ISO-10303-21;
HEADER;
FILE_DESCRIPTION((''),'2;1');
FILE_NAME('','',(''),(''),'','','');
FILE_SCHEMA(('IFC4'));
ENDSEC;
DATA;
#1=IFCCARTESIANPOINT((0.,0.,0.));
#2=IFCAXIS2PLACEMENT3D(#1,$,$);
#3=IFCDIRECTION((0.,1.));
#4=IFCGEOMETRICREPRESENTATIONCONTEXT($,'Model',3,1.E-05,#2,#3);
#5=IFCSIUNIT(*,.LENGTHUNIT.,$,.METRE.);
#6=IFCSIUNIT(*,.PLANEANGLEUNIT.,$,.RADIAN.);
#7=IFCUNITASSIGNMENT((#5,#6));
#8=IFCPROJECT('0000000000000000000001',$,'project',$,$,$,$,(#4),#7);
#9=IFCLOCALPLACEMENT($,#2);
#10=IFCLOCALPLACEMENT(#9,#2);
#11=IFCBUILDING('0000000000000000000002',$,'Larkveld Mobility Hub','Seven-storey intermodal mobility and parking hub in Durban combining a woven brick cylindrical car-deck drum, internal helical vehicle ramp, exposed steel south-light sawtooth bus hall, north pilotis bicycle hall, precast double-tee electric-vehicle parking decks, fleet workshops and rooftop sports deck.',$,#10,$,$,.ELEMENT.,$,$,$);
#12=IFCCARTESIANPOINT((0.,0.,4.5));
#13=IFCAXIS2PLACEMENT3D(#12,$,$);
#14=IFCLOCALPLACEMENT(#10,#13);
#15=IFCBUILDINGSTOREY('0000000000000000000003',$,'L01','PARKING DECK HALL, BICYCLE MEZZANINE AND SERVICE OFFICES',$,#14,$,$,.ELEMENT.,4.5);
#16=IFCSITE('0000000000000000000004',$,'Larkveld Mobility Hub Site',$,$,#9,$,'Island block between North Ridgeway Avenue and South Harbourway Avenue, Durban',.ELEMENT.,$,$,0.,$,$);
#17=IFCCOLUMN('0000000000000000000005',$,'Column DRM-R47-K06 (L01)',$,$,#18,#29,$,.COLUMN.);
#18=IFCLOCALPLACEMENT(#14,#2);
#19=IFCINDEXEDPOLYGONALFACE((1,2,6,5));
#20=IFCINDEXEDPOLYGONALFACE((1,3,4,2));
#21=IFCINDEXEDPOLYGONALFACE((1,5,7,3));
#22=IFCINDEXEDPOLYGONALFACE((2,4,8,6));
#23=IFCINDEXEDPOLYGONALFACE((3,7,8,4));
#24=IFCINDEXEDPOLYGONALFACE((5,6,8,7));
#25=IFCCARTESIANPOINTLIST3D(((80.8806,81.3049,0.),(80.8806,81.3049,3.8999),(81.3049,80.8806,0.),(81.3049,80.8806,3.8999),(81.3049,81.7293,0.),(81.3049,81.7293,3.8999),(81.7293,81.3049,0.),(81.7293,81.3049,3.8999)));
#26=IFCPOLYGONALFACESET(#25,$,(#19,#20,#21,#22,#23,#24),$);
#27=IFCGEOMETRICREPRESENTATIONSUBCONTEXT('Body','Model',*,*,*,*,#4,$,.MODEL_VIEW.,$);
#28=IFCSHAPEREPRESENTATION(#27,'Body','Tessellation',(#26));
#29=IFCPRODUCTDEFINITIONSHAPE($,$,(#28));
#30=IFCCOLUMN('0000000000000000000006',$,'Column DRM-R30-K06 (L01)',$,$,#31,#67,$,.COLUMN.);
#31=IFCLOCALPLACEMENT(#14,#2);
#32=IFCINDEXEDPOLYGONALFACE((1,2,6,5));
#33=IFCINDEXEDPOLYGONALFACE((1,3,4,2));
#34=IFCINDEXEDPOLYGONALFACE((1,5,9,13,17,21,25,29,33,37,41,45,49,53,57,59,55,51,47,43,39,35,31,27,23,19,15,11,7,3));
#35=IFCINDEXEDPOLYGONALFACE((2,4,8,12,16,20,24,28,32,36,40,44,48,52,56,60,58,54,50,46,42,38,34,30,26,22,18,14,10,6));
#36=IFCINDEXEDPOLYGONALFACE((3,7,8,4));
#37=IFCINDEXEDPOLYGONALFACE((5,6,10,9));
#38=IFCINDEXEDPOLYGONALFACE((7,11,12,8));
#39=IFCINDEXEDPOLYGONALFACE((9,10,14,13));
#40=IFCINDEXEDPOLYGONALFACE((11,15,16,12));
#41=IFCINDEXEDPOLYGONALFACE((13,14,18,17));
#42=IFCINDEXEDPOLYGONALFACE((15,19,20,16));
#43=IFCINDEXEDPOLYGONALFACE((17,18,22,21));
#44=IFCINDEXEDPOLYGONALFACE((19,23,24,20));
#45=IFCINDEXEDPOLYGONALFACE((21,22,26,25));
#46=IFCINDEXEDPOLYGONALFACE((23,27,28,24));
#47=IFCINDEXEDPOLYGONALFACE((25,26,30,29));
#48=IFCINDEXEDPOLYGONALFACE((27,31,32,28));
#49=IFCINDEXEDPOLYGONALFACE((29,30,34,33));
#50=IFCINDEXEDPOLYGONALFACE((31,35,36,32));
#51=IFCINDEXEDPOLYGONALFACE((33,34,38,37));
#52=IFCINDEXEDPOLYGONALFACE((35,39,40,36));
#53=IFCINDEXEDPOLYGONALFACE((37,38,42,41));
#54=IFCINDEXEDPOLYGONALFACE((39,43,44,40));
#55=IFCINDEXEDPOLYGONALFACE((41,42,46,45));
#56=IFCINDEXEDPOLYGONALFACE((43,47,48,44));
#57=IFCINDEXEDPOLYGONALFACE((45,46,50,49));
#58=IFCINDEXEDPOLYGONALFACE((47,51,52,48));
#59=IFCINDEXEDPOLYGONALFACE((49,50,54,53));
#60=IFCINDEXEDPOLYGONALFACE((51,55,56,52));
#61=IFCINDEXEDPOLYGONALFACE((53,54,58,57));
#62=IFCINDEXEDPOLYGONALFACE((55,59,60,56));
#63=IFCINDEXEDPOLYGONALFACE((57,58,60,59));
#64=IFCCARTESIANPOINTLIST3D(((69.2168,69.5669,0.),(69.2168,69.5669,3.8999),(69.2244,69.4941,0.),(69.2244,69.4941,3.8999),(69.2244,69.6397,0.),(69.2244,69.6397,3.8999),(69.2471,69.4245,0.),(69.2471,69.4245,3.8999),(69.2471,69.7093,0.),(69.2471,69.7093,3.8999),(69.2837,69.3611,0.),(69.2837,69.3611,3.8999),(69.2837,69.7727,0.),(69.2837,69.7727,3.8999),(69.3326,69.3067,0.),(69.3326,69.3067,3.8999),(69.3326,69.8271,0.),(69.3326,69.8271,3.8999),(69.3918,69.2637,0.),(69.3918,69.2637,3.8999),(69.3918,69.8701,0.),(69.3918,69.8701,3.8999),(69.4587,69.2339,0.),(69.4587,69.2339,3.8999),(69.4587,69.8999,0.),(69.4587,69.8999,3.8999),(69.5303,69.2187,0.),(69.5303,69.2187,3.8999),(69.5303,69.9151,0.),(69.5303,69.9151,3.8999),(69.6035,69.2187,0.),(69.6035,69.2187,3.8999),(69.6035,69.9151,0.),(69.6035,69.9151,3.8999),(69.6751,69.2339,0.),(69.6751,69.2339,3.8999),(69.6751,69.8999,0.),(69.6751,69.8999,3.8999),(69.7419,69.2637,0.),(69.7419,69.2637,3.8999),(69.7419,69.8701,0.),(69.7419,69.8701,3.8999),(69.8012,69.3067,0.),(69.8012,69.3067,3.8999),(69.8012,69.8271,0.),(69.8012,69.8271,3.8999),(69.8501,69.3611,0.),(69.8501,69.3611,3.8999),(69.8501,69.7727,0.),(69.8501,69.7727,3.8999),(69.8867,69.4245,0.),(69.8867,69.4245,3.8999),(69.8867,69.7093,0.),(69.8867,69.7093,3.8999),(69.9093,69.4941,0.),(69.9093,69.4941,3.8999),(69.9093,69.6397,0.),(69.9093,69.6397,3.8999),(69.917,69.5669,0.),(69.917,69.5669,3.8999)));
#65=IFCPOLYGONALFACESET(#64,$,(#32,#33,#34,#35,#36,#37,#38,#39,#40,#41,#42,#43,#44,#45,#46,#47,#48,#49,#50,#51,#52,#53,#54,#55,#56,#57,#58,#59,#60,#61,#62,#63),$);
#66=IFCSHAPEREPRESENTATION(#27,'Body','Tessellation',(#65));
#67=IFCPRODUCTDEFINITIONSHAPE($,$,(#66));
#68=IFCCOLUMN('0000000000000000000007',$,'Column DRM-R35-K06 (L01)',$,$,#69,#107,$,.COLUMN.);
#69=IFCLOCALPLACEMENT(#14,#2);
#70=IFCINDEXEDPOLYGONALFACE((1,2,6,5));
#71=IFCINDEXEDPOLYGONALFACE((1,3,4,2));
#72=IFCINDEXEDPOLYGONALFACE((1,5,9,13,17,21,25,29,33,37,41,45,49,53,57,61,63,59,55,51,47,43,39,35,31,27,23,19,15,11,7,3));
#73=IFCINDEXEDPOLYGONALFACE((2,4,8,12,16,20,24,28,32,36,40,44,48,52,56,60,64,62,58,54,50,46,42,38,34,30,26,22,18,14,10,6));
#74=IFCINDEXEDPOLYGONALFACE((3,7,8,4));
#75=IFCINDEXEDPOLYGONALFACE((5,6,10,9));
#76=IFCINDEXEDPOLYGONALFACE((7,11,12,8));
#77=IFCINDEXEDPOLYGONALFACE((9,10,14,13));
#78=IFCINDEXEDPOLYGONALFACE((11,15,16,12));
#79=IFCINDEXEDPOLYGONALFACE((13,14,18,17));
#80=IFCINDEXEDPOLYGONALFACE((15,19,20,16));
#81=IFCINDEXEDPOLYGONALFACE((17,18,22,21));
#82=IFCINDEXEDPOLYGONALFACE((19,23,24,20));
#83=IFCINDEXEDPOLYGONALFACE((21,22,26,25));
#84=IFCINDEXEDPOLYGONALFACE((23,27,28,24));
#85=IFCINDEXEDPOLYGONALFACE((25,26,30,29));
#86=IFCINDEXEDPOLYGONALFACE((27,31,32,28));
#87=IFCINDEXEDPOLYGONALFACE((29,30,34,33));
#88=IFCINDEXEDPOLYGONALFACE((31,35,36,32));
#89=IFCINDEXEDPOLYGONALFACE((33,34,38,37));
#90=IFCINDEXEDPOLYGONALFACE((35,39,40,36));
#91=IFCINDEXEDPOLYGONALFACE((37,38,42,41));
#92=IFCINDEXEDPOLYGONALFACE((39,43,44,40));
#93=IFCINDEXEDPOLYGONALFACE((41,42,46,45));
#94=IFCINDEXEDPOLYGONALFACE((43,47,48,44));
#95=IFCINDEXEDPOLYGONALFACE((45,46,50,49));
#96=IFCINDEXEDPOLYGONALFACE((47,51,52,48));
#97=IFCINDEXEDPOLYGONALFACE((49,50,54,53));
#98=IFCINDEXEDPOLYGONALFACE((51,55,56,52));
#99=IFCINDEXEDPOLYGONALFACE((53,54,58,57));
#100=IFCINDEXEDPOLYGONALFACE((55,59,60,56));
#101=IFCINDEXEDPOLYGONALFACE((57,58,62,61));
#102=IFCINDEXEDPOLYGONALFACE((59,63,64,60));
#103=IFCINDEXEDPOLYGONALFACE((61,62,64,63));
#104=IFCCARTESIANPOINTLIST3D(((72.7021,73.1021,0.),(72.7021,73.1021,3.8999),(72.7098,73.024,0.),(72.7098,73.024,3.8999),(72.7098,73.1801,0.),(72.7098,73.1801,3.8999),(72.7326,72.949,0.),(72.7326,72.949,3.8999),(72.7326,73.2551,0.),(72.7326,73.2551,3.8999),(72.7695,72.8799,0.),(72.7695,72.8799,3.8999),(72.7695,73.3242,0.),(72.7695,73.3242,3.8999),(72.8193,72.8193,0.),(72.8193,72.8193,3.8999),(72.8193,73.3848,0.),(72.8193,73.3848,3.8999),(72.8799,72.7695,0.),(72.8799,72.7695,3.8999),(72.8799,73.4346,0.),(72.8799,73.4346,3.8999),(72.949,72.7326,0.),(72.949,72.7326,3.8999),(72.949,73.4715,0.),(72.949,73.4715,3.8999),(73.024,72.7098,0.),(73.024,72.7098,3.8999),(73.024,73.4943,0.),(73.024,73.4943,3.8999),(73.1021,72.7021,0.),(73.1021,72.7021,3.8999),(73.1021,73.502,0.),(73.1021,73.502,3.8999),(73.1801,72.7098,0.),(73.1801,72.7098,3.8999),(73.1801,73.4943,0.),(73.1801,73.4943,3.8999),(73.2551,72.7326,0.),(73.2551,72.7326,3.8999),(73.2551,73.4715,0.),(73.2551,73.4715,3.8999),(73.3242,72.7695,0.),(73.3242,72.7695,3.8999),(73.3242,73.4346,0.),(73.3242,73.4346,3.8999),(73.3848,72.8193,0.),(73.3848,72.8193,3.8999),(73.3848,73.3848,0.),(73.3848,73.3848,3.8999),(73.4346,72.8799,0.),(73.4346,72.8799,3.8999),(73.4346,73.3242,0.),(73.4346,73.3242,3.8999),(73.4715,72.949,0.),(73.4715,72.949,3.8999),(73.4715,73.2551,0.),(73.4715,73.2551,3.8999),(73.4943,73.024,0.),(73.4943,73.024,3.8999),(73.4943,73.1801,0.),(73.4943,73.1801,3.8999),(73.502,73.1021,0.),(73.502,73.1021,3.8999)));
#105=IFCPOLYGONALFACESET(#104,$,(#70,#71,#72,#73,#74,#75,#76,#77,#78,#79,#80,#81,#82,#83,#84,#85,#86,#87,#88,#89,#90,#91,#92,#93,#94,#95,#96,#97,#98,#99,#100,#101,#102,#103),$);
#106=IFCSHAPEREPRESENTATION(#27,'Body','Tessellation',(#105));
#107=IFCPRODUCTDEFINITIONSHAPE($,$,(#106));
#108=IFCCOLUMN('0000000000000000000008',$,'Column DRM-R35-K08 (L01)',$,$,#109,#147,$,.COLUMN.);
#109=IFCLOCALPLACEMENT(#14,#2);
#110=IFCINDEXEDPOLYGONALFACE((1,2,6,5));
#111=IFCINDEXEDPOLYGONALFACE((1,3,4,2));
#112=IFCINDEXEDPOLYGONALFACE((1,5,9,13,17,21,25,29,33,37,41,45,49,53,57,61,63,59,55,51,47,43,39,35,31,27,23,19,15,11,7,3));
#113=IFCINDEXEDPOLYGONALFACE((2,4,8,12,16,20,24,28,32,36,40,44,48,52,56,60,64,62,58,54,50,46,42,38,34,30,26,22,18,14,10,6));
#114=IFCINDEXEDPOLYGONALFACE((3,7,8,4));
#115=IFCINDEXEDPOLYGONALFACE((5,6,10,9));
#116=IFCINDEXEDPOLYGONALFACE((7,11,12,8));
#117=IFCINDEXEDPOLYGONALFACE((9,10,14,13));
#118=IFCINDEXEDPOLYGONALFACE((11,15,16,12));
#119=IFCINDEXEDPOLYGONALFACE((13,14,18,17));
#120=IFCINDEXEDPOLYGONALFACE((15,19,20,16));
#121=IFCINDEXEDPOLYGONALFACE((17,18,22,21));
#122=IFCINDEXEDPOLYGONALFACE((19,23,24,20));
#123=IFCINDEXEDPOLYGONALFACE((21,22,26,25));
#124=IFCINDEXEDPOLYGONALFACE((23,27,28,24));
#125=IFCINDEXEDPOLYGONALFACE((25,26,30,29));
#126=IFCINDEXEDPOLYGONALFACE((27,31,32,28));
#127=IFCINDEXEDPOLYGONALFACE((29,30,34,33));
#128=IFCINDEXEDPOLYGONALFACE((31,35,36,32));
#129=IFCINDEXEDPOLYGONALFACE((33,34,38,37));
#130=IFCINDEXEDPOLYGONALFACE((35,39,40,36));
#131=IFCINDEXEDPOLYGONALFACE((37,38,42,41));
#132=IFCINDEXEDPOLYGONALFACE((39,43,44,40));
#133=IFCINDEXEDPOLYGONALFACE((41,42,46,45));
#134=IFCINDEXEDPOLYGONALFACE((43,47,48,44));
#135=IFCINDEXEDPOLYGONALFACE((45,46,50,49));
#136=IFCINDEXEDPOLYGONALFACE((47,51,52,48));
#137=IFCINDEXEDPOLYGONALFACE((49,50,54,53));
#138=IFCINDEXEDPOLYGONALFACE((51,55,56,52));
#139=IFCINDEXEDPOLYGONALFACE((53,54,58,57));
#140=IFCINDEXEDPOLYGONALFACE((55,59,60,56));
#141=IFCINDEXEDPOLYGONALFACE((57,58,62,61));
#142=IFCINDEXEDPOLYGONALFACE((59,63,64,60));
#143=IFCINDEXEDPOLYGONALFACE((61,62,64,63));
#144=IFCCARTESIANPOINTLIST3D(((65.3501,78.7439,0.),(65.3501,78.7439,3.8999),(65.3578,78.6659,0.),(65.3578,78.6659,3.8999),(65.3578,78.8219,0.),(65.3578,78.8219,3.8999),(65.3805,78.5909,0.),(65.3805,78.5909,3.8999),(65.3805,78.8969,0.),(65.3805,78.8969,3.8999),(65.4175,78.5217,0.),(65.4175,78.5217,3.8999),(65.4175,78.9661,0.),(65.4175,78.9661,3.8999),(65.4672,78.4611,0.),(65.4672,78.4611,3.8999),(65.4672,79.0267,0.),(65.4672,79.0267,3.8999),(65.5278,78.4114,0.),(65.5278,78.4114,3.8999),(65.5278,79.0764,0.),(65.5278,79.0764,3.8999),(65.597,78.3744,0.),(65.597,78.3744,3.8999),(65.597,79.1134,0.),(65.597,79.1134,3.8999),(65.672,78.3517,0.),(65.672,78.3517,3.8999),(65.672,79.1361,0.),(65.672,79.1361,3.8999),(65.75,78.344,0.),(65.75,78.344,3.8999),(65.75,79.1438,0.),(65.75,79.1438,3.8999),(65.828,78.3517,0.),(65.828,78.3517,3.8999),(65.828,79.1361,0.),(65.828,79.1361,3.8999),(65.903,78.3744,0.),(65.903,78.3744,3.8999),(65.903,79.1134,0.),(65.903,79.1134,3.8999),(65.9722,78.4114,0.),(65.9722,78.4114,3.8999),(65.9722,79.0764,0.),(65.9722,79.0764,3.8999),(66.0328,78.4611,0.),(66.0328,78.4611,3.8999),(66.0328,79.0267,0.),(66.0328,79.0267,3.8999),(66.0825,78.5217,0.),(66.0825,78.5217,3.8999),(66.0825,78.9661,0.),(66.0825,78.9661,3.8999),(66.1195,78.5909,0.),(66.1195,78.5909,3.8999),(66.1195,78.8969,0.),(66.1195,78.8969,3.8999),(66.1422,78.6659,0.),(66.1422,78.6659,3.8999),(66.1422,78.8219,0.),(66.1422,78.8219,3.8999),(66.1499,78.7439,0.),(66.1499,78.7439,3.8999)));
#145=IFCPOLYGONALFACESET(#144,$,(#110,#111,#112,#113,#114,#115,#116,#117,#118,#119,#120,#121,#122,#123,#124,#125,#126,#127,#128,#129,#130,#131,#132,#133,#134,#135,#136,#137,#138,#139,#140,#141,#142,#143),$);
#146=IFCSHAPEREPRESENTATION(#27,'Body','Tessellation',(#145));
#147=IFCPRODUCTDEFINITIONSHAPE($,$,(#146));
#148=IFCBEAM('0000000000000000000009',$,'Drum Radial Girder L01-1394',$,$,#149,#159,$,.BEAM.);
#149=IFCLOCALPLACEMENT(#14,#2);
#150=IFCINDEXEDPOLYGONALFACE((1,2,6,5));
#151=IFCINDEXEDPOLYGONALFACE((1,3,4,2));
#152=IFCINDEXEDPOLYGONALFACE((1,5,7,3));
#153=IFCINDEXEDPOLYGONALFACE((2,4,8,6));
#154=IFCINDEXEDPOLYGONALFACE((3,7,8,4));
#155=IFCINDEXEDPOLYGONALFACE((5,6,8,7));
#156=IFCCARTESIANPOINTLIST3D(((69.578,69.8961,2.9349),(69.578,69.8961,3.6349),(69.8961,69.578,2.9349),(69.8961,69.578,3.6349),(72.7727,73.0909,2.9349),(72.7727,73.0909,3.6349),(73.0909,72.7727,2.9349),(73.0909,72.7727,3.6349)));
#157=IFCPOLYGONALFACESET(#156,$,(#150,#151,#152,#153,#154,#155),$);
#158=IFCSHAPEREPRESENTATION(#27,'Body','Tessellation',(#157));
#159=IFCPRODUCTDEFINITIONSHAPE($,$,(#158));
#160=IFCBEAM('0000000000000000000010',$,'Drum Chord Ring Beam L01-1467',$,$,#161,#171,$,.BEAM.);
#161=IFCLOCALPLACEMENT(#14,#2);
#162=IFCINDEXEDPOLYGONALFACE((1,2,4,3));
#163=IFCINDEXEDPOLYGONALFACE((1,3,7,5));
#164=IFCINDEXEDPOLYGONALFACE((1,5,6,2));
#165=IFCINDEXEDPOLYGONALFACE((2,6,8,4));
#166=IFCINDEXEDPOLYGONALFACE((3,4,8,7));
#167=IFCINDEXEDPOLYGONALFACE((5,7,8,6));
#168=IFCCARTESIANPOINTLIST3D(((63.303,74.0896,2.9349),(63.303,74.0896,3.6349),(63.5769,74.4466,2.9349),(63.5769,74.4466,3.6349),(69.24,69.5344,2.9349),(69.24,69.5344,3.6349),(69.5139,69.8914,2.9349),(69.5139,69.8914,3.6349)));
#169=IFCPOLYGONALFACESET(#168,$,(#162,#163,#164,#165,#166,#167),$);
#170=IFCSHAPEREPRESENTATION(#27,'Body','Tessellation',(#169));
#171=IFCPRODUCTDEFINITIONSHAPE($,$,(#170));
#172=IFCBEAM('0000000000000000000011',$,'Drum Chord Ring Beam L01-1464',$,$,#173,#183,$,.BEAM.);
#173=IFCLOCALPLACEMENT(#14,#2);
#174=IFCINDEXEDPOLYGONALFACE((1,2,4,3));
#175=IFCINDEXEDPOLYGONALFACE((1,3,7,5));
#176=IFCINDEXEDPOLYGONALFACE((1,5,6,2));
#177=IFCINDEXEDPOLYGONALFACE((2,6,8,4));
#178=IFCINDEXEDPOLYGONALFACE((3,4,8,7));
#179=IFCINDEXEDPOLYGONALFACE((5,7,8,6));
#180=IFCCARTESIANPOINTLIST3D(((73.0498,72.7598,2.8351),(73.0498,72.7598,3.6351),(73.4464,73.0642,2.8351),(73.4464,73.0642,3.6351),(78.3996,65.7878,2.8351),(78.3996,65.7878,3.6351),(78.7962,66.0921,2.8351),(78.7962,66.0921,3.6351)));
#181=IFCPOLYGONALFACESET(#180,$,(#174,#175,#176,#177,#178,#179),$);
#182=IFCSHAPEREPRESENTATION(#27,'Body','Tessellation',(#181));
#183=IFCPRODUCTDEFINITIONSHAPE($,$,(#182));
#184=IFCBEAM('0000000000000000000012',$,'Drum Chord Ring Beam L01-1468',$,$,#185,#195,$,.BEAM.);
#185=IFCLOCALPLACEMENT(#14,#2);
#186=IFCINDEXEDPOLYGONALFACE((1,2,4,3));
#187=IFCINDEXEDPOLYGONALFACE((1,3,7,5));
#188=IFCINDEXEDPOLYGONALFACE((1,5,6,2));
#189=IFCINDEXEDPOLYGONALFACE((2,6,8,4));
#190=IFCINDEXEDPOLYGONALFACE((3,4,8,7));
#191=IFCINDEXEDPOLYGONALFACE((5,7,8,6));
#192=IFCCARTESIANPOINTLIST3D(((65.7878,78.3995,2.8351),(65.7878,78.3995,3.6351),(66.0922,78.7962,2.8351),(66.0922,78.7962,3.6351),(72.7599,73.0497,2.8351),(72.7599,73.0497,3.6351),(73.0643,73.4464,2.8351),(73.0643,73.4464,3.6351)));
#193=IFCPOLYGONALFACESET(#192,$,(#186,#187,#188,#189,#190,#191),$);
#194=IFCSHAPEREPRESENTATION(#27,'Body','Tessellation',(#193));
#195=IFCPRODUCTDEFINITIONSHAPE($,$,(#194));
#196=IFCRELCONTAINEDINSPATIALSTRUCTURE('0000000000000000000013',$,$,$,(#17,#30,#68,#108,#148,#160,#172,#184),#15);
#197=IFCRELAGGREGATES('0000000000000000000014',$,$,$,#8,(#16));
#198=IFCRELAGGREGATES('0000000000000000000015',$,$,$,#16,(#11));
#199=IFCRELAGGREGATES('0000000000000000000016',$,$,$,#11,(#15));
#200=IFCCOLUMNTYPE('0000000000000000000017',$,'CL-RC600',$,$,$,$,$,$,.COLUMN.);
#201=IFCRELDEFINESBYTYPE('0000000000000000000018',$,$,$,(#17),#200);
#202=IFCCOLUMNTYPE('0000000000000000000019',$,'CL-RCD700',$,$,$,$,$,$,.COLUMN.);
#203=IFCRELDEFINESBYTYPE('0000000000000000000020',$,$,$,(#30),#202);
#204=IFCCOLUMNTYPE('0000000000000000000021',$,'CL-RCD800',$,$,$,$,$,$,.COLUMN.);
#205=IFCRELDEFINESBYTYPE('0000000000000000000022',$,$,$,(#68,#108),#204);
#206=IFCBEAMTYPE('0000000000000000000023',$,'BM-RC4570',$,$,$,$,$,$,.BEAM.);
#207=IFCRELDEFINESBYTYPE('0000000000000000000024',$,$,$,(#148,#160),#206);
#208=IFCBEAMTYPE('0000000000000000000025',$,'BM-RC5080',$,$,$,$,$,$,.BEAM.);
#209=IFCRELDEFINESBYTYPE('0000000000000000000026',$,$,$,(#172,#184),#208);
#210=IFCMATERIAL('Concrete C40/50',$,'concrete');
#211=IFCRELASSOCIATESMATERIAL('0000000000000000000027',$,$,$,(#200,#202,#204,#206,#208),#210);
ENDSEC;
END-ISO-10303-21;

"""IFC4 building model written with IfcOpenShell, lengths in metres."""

from ifc_helpers import new_model, si_unit, direction, frame, origin, origin_2d, place, context, subcontext, project, spatial, rectangle, circle, extrude, material, material_profile, profile_set, type_object, element, save


model = new_model("IFC4")

# Units and contexts
model_context = context("Model", 3, precision=1e-05, world=origin(), true_north=direction((0.0, 1.0)))
body_context = subcontext(model_context, "Body", "Model", "MODEL_VIEW")
ifc_project = project(units=[si_unit("LENGTHUNIT", "METRE"), si_unit("PLANEANGLEUNIT", "RADIAN")], contexts=[model_context])

# Site, building, storey
site_placement = place(None, origin())
site = spatial("IfcSite", under=ifc_project, at=site_placement, Name="Larkveld Mobility Hub Site", LongName="Island block between North Ridgeway Avenue and South Harbourway Avenue, Durban", CompositionType="ELEMENT", RefElevation=0.0)
building_placement = place(site_placement, origin())
building = spatial("IfcBuilding", under=site, at=building_placement, Name="Larkveld Mobility Hub", Description="Seven-storey intermodal mobility and parking hub in Durban combining a woven brick cylindrical car-deck drum, internal helical vehicle ramp, exposed steel south-light sawtooth bus hall, north pilotis bicycle hall, precast double-tee electric-vehicle parking decks, fleet workshops and rooftop sports deck.", CompositionType="ELEMENT")
storey_placement = place(building_placement, frame((0.0, 0.0, 4.5)))
storey = spatial("IfcBuildingStorey", under=building, at=storey_placement, Name="L01", Description="PARKING DECK HALL, BICYCLE MEZZANINE AND SERVICE OFFICES", CompositionType="ELEMENT", Elevation=4.5)

# Columns
ifc_material_1 = material(Name="Concrete C40/50", Category="concrete")
ifc_material_profile_1 = material_profile(ifc_material_1, rectangle(XDim=0.6001, YDim=0.6001, at=origin_2d()), Name="RC COL 600x600")
ifc_profile_set_1 = profile_set([ifc_material_profile_1], Name="Concrete C40/50")
column_type_1 = type_object("IfcColumnType", Name="CL-RC600", PredefinedType="COLUMN", material=ifc_profile_set_1)
column_1_placement = place(storey_placement, frame((81.3049, 81.3049, 0.0), z_axis=(0.0, 0.0, 1.0), x_axis=(0.707107, 0.707107, 0.0)))
element("IfcColumn", 1, at=column_1_placement, inside=storey, type_object=column_type_1, Name="Column DRM-R47-K06 (L01)", PredefinedType="COLUMN", context=body_context, shape_type="SweptSolid", body=[
    extrude(rectangle(XDim=0.6001, YDim=0.6001, at=origin_2d()), origin(), (0.0, 0.0, 1.0), 3.8999),
])
ifc_material_profile_2 = material_profile(ifc_material_1, circle(Radius=0.3501, at=origin_2d()), Name="RC COL D700")
ifc_profile_set_2 = profile_set([ifc_material_profile_2], Name="Concrete C40/50")
column_type_2 = type_object("IfcColumnType", Name="CL-RCD700", PredefinedType="COLUMN", material=ifc_profile_set_2)
column_2_placement = place(storey_placement, frame((69.5669, 69.5669, 0.0), z_axis=(0.0, 0.0, 1.0), x_axis=(1.0, 0.0, 0.0)))
element("IfcColumn", 2, at=column_2_placement, inside=storey, type_object=column_type_2, Name="Column DRM-R30-K06 (L01)", PredefinedType="COLUMN", context=body_context, shape_type="SweptSolid", body=[
    extrude(circle(Radius=0.3501, at=origin_2d()), origin(), (0.0, 0.0, 1.0), 3.8999),
])
ifc_material_profile_3 = material_profile(ifc_material_1, circle(Radius=0.3999, at=origin_2d()), Name="RC COL D800")
ifc_profile_set_3 = profile_set([ifc_material_profile_3], Name="Concrete C40/50")
column_type_3 = type_object("IfcColumnType", Name="CL-RCD800", PredefinedType="COLUMN", material=ifc_profile_set_3)
for number, where, z_axis, x_axis, name in (
    (3, (73.1021, 73.1021, 0.0), (0.0, 0.0, 1.0), (1.0, 0.0, 0.0), "Column DRM-R35-K06 (L01)"),
    (4, (65.75, 78.7439, 0.0), (0.0, 0.0, 1.0), (1.0, 0.0, 0.0), "Column DRM-R35-K08 (L01)"),
):
    element("IfcColumn", number, at=place(storey_placement, frame(where, z_axis=z_axis, x_axis=x_axis)), inside=storey, type_object=column_type_3, Name=name, PredefinedType="COLUMN", context=body_context, shape_type="SweptSolid", body=[
        extrude(circle(Radius=0.3999, at=origin_2d()), origin(), (0.0, 0.0, 1.0), 3.8999),
    ])

# Beams
ifc_material_profile_4 = material_profile(ifc_material_1, rectangle(XDim=0.45, YDim=0.7, at=origin_2d()), Name="RC BM 450x700")
ifc_profile_set_4 = profile_set([ifc_material_profile_4], Name="Concrete C40/50")
beam_type_1 = type_object("IfcBeamType", Name="BM-RC4570", PredefinedType="BEAM", material=ifc_profile_set_4)
beam_1_placement = place(storey_placement, frame((69.7371, 69.7371, 3.2849), z_axis=(0.707107, 0.707107, 0.0), x_axis=(-0.707107, 0.707107, 0.0)))
element("IfcBeam", 5, at=beam_1_placement, inside=storey, type_object=beam_type_1, Name="Drum Radial Girder L01-1394", PredefinedType="BEAM", context=body_context, shape_type="SweptSolid", body=[
    extrude(rectangle(XDim=0.45, YDim=0.7, at=origin_2d()), origin(), (0.0, 0.0, 1.0), 4.5181),
])
beam_2_placement = place(storey_placement, frame((69.377, 69.7129, 3.2849), z_axis=(-0.793383, 0.608723, 0.0), x_axis=(-0.608723, -0.793383, 0.0)))
element("IfcBeam", 6, at=beam_2_placement, inside=storey, type_object=beam_type_1, Name="Drum Chord Ring Beam L01-1467", PredefinedType="BEAM", context=body_context, shape_type="SweptSolid", body=[
    extrude(rectangle(XDim=0.45, YDim=0.7, at=origin_2d()), origin(), (0.0, 0.0, 1.0), 7.4832),
])
ifc_material_profile_5 = material_profile(ifc_material_1, rectangle(XDim=0.5, YDim=0.8, at=origin_2d()), Name="RC BM 500x800")
ifc_profile_set_5 = profile_set([ifc_material_profile_5], Name="Concrete C40/50")
beam_type_2 = type_object("IfcBeamType", Name="BM-RC5080", PredefinedType="BEAM", material=ifc_profile_set_5)
for number, where, z_axis, x_axis, name in (
    (7, (78.5979, 65.9399, 3.2351), (-0.608756, 0.793358, 0.0), (-0.793358, -0.608756, 0.0), "Drum Chord Ring Beam L01-1464"),
    (8, (72.9121, 73.248, 3.2351), (-0.793358, 0.608756, 0.0), (-0.608756, -0.793358, 0.0), "Drum Chord Ring Beam L01-1468"),
):
    element("IfcBeam", number, at=place(storey_placement, frame(where, z_axis=z_axis, x_axis=x_axis)), inside=storey, type_object=beam_type_2, Name=name, PredefinedType="BEAM", context=body_context, shape_type="SweptSolid", body=[
        extrude(rectangle(XDim=0.5, YDim=0.8, at=origin_2d()), origin(), (0.0, 0.0, 1.0), 8.7881),
    ])

save(model, "model.ifc")
